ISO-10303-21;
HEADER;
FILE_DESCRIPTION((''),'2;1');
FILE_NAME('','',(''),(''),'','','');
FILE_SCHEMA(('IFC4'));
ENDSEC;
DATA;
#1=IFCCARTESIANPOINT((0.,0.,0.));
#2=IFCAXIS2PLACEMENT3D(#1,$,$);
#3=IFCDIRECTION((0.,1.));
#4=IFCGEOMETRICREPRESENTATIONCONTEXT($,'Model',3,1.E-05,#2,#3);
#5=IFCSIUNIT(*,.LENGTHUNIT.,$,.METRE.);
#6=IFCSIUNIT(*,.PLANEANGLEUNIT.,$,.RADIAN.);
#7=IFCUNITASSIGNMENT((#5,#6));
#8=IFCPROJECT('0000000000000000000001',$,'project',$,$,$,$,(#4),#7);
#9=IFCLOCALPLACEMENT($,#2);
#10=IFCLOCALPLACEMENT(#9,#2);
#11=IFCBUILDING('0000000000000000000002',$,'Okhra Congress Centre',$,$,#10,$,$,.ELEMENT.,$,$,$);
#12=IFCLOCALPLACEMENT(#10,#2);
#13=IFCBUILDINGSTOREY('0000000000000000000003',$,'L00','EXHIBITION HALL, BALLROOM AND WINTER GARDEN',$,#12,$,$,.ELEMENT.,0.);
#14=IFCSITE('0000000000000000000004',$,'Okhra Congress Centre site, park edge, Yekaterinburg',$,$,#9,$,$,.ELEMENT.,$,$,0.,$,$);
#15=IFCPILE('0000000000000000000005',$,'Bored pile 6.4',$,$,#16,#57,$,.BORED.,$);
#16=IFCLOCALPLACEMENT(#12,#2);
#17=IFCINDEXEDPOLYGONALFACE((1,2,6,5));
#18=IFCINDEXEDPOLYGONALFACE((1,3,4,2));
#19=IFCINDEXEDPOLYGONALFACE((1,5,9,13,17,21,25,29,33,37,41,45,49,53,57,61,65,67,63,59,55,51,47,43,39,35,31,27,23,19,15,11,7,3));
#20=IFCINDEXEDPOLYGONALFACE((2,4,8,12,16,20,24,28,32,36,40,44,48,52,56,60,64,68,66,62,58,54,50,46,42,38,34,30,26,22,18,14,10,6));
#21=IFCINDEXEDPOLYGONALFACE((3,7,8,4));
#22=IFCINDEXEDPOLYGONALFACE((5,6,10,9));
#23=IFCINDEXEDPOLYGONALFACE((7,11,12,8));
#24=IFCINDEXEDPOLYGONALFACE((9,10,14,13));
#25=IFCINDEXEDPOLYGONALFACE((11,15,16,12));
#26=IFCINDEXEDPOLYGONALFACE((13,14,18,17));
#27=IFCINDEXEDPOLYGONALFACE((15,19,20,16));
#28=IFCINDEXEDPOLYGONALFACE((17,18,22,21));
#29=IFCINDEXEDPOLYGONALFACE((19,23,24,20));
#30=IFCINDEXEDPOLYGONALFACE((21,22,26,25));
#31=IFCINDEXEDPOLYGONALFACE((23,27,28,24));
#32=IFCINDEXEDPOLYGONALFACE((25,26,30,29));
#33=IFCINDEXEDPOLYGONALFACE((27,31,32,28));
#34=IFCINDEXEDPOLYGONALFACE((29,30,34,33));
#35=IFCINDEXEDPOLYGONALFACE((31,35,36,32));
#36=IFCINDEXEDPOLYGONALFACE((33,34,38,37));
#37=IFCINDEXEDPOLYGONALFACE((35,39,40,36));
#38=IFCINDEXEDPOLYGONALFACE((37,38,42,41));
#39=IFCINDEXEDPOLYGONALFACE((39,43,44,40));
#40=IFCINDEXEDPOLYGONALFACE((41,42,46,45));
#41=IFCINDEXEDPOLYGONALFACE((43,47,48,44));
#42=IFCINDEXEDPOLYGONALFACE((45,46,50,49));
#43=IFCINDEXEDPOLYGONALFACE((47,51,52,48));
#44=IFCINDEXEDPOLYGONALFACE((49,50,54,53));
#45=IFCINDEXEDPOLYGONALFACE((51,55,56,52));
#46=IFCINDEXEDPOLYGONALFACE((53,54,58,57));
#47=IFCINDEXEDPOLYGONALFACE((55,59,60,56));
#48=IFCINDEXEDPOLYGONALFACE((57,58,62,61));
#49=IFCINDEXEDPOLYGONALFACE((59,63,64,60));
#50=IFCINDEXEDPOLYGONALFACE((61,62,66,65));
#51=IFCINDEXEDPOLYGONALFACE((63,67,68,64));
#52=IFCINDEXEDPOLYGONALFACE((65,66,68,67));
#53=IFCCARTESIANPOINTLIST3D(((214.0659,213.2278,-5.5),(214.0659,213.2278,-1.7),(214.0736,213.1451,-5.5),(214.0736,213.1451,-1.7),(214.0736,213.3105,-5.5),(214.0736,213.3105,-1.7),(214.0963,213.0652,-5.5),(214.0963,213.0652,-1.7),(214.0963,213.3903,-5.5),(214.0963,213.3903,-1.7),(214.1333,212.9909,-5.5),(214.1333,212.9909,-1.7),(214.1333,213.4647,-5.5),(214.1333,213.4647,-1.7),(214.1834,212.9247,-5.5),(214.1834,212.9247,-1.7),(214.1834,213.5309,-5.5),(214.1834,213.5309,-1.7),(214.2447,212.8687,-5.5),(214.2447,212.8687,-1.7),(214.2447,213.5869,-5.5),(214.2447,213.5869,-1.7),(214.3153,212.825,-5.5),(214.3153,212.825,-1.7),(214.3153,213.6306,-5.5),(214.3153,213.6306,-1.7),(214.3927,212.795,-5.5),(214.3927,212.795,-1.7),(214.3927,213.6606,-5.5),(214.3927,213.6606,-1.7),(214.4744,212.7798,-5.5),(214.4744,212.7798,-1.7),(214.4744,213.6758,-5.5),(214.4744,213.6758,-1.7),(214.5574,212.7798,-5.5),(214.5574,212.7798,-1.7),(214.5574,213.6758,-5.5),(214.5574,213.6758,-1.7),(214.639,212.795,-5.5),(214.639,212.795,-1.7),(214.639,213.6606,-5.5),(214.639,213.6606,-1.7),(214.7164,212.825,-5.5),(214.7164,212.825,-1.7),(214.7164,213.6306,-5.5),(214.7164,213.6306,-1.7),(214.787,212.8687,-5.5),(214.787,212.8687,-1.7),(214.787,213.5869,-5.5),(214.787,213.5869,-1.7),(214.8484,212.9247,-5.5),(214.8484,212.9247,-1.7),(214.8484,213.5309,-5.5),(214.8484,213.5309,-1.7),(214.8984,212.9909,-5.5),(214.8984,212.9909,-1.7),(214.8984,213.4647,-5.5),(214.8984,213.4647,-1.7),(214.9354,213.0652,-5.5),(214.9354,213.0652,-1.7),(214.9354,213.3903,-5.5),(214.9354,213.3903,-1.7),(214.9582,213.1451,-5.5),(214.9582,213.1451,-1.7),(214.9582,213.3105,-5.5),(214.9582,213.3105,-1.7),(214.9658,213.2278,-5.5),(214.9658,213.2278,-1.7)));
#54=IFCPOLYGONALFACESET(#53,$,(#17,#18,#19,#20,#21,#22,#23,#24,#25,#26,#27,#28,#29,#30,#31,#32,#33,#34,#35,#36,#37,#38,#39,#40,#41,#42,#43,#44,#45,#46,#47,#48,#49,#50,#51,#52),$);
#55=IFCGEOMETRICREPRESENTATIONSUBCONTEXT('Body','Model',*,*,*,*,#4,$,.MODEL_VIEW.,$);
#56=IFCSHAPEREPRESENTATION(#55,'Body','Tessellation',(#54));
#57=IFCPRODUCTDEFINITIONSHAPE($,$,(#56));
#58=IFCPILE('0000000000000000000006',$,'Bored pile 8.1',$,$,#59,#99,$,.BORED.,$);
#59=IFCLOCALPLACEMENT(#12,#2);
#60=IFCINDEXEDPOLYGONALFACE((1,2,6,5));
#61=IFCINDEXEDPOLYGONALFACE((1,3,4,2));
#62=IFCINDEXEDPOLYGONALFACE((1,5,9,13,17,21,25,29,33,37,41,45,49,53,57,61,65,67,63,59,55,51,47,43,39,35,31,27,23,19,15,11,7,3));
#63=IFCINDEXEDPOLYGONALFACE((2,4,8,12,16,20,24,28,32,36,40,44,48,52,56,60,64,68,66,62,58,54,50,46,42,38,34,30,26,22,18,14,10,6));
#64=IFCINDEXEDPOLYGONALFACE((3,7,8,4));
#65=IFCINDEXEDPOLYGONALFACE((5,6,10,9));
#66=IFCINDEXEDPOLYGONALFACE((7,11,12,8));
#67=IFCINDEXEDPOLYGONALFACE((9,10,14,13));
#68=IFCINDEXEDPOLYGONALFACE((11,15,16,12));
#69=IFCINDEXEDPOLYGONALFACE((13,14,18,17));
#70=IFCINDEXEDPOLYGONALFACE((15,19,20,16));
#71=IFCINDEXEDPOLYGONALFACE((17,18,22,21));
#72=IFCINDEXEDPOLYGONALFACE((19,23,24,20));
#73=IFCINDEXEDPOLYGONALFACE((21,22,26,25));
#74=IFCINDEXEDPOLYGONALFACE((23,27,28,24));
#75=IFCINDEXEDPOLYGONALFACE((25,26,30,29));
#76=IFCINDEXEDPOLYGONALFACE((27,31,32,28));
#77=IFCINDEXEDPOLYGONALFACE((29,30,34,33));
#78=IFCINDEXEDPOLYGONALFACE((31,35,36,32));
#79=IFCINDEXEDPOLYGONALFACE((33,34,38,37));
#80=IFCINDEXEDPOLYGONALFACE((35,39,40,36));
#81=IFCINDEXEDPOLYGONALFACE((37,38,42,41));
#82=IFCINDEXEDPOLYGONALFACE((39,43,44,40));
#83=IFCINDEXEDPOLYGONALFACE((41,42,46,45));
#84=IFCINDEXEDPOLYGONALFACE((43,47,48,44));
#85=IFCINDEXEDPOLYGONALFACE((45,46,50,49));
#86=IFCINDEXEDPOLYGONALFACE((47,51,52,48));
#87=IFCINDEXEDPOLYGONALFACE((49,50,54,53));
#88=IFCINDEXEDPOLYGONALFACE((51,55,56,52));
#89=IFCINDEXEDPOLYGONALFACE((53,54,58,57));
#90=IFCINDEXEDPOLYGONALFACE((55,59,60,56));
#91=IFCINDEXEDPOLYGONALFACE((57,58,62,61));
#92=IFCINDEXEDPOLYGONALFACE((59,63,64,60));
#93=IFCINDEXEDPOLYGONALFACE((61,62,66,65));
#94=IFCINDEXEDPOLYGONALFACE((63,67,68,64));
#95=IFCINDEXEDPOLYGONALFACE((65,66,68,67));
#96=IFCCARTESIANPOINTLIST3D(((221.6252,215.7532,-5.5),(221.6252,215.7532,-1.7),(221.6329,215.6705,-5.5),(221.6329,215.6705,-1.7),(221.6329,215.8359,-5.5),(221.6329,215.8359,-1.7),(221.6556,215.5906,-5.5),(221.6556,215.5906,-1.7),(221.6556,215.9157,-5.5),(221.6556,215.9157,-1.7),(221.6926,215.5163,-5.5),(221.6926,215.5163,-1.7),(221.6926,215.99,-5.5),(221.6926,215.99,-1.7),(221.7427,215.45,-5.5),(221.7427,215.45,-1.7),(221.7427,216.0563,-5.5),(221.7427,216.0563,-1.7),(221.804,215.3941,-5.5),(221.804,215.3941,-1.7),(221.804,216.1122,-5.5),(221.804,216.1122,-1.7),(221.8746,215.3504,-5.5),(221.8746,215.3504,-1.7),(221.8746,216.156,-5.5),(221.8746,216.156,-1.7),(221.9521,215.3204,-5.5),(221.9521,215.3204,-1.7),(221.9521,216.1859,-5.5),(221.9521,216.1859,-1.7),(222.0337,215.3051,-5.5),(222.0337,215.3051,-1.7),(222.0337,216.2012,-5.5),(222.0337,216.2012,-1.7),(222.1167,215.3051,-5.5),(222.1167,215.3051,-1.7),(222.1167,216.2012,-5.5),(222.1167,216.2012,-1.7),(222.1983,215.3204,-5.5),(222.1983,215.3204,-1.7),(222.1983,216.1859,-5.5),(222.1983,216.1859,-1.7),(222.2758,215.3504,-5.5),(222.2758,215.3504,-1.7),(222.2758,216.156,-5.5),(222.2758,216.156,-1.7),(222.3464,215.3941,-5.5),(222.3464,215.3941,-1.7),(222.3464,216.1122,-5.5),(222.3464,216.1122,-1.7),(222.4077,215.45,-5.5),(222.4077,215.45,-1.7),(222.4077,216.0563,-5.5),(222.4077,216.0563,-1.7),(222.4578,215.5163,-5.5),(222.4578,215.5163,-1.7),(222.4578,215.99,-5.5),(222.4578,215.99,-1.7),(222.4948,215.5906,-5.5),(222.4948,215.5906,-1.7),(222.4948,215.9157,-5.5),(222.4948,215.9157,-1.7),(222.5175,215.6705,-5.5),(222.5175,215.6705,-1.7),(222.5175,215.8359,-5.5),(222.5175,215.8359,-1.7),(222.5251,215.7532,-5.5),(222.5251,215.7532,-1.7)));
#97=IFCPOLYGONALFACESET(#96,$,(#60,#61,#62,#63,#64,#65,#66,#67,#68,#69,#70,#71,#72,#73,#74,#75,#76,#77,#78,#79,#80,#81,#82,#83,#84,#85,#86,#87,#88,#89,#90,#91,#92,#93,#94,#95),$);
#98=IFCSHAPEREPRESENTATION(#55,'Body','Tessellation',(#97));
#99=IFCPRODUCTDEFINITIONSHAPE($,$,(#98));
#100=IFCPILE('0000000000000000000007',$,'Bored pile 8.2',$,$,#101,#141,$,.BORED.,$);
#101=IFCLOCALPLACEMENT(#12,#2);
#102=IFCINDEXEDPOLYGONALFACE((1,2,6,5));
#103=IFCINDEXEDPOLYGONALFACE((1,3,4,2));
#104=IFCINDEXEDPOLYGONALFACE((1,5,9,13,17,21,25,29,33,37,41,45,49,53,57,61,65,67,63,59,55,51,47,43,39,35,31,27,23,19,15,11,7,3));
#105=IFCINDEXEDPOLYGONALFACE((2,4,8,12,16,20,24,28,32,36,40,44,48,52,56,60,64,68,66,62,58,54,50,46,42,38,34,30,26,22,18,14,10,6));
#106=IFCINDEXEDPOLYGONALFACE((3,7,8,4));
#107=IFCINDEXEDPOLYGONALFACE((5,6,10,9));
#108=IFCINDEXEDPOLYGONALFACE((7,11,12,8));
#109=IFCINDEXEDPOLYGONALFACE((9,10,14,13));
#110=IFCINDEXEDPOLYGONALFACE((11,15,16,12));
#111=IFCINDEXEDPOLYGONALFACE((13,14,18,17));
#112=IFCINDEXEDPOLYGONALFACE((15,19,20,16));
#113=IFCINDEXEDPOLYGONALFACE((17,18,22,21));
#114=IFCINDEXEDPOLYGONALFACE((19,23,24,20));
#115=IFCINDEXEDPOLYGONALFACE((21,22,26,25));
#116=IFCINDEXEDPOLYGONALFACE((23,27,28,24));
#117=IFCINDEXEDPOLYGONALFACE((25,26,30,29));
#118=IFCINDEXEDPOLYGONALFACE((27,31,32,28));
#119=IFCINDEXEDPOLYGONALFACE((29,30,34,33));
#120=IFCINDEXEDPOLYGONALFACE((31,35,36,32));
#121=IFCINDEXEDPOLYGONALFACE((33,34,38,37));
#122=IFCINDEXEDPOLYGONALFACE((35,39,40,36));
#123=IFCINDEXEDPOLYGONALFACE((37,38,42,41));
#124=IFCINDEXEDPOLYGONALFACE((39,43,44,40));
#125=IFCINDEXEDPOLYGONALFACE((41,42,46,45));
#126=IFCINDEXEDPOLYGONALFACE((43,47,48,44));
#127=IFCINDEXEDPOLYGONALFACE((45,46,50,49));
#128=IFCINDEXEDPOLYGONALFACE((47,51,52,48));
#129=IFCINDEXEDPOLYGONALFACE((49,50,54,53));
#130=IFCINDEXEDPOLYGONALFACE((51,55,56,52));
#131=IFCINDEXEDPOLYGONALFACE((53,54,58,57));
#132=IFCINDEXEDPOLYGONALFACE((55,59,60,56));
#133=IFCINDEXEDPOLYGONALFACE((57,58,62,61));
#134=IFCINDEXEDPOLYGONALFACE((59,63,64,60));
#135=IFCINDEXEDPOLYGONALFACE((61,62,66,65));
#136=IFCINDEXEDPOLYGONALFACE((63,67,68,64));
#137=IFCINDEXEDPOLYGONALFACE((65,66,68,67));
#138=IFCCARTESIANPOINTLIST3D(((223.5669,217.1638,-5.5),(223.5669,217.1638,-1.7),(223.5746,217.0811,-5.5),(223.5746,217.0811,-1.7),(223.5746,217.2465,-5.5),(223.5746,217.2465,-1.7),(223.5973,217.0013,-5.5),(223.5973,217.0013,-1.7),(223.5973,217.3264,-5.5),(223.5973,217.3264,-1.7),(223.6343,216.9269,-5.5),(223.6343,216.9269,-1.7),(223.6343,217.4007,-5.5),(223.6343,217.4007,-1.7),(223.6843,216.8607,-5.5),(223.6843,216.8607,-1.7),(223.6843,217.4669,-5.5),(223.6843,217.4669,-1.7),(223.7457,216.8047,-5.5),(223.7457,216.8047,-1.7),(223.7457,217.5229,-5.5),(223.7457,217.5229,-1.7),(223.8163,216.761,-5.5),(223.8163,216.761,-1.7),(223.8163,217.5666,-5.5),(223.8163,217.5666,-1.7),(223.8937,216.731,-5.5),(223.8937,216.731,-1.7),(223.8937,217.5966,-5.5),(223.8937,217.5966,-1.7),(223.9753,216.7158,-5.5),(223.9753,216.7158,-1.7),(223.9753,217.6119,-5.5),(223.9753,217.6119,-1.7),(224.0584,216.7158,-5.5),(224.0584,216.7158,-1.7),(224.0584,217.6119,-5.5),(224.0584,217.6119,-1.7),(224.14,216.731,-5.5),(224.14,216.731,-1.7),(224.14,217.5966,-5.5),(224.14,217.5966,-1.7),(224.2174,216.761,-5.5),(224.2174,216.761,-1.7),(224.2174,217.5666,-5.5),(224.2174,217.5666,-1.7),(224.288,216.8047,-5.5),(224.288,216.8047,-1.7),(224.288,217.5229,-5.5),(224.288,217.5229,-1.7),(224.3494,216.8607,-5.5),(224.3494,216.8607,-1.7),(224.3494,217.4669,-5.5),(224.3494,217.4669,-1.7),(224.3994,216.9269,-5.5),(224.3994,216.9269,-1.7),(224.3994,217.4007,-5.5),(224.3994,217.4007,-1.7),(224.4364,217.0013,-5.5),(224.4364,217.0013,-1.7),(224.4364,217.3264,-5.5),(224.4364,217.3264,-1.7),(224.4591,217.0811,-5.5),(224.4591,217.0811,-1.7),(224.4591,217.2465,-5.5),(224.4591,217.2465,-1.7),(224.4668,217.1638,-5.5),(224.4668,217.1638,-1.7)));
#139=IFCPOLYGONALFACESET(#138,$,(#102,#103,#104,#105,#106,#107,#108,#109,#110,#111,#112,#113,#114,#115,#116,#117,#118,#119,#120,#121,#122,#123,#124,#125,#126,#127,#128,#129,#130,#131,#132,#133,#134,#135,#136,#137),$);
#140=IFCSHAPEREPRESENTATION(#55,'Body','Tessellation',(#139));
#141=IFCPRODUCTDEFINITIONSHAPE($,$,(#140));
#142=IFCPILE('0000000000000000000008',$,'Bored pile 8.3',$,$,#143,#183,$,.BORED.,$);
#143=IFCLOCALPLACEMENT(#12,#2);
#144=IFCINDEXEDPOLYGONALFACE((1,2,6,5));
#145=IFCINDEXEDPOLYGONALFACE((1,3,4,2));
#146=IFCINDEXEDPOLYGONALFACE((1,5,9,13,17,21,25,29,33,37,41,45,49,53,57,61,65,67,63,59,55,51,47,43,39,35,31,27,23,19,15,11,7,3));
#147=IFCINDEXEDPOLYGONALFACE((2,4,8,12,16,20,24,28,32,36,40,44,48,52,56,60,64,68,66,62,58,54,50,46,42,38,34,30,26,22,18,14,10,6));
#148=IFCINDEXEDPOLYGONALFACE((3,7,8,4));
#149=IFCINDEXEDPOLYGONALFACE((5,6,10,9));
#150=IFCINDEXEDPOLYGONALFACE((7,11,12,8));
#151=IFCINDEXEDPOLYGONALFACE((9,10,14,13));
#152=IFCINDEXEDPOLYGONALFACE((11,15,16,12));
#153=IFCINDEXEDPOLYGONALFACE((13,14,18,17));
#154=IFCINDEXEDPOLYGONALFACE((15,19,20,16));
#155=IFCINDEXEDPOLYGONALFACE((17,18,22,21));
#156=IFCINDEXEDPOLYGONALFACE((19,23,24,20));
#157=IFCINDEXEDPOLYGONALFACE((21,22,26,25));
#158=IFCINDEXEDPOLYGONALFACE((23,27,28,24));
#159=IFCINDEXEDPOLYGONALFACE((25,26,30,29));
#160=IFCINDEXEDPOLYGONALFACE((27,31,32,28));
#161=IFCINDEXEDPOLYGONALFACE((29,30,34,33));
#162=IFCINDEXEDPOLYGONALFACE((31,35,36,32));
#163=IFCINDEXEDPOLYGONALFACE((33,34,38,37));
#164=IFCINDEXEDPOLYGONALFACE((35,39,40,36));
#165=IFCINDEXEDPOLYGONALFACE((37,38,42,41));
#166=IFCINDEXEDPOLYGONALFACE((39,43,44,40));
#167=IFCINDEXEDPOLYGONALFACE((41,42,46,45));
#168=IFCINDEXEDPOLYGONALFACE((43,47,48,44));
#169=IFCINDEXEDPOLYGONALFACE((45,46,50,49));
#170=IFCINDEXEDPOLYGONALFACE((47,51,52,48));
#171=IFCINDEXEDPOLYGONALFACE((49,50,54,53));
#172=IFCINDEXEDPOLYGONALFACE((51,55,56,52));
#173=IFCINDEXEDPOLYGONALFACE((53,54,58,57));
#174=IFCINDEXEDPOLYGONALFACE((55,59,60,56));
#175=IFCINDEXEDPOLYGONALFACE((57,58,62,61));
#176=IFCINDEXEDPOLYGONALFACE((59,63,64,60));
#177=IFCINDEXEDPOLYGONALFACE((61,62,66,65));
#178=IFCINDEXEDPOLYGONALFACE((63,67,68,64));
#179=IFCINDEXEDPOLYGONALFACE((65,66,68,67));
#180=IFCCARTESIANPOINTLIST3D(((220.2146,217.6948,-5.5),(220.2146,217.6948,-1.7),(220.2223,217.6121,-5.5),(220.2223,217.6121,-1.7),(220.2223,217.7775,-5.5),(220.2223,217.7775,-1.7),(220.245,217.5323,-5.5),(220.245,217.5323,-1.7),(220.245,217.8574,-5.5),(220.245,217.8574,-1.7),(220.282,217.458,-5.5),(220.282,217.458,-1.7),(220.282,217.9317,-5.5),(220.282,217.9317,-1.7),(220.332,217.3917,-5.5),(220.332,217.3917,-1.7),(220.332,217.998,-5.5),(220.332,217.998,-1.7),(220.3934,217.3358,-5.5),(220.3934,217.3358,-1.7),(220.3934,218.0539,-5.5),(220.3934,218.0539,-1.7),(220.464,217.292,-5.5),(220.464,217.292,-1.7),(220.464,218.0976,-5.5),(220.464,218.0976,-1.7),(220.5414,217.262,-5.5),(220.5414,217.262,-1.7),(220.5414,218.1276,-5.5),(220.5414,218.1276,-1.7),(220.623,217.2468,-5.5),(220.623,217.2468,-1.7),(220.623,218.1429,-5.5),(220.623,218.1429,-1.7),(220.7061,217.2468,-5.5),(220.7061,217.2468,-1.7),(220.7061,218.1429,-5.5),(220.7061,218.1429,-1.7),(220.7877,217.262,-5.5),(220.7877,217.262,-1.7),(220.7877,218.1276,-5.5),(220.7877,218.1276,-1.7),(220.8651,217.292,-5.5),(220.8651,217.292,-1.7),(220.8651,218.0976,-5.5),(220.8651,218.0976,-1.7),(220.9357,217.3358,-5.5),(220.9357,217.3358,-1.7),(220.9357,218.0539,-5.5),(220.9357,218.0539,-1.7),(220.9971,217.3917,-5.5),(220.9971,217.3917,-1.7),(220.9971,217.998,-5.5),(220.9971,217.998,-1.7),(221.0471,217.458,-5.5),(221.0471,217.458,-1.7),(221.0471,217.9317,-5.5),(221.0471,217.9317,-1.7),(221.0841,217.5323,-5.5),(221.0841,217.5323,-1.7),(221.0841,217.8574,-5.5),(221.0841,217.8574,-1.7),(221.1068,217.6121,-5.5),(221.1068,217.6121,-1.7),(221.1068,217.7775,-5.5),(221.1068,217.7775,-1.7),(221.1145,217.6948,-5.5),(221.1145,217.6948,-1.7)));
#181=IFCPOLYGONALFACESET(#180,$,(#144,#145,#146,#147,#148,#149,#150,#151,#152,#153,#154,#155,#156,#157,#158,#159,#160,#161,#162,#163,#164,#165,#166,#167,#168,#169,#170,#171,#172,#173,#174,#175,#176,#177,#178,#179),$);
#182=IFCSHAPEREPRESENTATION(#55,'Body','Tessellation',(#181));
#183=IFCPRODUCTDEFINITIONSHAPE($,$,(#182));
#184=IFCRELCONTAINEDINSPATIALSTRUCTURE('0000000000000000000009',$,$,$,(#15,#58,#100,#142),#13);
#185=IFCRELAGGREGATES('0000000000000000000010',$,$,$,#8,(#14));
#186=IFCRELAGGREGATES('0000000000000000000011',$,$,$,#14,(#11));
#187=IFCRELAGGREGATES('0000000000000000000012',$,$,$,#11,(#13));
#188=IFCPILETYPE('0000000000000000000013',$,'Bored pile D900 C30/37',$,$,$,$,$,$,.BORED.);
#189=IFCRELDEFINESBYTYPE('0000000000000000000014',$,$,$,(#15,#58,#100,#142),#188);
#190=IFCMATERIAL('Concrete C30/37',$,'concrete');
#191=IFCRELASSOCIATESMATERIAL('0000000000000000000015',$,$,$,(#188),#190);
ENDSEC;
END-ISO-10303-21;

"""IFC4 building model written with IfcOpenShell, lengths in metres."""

from ifc_helpers import new_model, si_unit, direction, frame, origin, origin_2d, place, context, subcontext, project, spatial, circle, extrude, material, material_profile, profile_set, type_object, element, save


model = new_model("IFC4")

# Units and contexts
model_context = context("Model", 3, precision=1e-05, world=origin(), true_north=direction((0.0, 1.0)))
body_context = subcontext(model_context, "Body", "Model", "MODEL_VIEW")
ifc_project = project(units=[si_unit("LENGTHUNIT", "METRE"), si_unit("PLANEANGLEUNIT", "RADIAN")], contexts=[model_context])

# Site, building, storey
site_placement = place(None, origin())
site = spatial("IfcSite", under=ifc_project, at=site_placement, Name="Okhra Congress Centre site, park edge, Yekaterinburg", CompositionType="ELEMENT", RefElevation=0.0)
building_placement = place(site_placement, origin())
building = spatial("IfcBuilding", under=site, at=building_placement, Name="Okhra Congress Centre", CompositionType="ELEMENT")
storey_placement = place(building_placement, origin())
storey = spatial("IfcBuildingStorey", under=building, at=storey_placement, Name="L00", Description="EXHIBITION HALL, BALLROOM AND WINTER GARDEN", CompositionType="ELEMENT", Elevation=0.0)

# Piles
ifc_material_1 = material(Name="Concrete C30/37", Category="concrete")
ifc_material_profile = material_profile(ifc_material_1, circle(Radius=0.45, at=origin_2d()), Name="D900")
ifc_profile_set = profile_set([ifc_material_profile], Name="Concrete C30/37")
pile_type = type_object("IfcPileType", Name="Bored pile D900 C30/37", PredefinedType="BORED", material=ifc_profile_set)
for number, where, z_axis, x_axis, name in (
    (1, (214.5159, 213.2278, -1.7), (0.0, 0.0, -1.0), (1.0, 0.0, 0.0), "Bored pile 6.4"),
    (2, (222.0752, 215.7532, -1.7), (0.0, 0.0, -1.0), (1.0, 0.0, 0.0), "Bored pile 8.1"),
    (3, (224.0168, 217.1638, -1.7), (0.0, 0.0, -1.0), (1.0, 0.0, 0.0), "Bored pile 8.2"),
    (4, (220.6646, 217.6948, -1.7), (0.0, 0.0, -1.0), (1.0, 0.0, 0.0), "Bored pile 8.3"),
):
    element("IfcPile", number, at=place(storey_placement, frame(where, z_axis=z_axis, x_axis=x_axis)), inside=storey, type_object=pile_type, Name=name, PredefinedType="BORED", context=body_context, shape_type="SweptSolid", body=[
        extrude(circle(Radius=0.45, at=origin_2d()), origin(), (0.0, 0.0, 1.0), 3.8),
    ])

save(model, "model.ifc")
